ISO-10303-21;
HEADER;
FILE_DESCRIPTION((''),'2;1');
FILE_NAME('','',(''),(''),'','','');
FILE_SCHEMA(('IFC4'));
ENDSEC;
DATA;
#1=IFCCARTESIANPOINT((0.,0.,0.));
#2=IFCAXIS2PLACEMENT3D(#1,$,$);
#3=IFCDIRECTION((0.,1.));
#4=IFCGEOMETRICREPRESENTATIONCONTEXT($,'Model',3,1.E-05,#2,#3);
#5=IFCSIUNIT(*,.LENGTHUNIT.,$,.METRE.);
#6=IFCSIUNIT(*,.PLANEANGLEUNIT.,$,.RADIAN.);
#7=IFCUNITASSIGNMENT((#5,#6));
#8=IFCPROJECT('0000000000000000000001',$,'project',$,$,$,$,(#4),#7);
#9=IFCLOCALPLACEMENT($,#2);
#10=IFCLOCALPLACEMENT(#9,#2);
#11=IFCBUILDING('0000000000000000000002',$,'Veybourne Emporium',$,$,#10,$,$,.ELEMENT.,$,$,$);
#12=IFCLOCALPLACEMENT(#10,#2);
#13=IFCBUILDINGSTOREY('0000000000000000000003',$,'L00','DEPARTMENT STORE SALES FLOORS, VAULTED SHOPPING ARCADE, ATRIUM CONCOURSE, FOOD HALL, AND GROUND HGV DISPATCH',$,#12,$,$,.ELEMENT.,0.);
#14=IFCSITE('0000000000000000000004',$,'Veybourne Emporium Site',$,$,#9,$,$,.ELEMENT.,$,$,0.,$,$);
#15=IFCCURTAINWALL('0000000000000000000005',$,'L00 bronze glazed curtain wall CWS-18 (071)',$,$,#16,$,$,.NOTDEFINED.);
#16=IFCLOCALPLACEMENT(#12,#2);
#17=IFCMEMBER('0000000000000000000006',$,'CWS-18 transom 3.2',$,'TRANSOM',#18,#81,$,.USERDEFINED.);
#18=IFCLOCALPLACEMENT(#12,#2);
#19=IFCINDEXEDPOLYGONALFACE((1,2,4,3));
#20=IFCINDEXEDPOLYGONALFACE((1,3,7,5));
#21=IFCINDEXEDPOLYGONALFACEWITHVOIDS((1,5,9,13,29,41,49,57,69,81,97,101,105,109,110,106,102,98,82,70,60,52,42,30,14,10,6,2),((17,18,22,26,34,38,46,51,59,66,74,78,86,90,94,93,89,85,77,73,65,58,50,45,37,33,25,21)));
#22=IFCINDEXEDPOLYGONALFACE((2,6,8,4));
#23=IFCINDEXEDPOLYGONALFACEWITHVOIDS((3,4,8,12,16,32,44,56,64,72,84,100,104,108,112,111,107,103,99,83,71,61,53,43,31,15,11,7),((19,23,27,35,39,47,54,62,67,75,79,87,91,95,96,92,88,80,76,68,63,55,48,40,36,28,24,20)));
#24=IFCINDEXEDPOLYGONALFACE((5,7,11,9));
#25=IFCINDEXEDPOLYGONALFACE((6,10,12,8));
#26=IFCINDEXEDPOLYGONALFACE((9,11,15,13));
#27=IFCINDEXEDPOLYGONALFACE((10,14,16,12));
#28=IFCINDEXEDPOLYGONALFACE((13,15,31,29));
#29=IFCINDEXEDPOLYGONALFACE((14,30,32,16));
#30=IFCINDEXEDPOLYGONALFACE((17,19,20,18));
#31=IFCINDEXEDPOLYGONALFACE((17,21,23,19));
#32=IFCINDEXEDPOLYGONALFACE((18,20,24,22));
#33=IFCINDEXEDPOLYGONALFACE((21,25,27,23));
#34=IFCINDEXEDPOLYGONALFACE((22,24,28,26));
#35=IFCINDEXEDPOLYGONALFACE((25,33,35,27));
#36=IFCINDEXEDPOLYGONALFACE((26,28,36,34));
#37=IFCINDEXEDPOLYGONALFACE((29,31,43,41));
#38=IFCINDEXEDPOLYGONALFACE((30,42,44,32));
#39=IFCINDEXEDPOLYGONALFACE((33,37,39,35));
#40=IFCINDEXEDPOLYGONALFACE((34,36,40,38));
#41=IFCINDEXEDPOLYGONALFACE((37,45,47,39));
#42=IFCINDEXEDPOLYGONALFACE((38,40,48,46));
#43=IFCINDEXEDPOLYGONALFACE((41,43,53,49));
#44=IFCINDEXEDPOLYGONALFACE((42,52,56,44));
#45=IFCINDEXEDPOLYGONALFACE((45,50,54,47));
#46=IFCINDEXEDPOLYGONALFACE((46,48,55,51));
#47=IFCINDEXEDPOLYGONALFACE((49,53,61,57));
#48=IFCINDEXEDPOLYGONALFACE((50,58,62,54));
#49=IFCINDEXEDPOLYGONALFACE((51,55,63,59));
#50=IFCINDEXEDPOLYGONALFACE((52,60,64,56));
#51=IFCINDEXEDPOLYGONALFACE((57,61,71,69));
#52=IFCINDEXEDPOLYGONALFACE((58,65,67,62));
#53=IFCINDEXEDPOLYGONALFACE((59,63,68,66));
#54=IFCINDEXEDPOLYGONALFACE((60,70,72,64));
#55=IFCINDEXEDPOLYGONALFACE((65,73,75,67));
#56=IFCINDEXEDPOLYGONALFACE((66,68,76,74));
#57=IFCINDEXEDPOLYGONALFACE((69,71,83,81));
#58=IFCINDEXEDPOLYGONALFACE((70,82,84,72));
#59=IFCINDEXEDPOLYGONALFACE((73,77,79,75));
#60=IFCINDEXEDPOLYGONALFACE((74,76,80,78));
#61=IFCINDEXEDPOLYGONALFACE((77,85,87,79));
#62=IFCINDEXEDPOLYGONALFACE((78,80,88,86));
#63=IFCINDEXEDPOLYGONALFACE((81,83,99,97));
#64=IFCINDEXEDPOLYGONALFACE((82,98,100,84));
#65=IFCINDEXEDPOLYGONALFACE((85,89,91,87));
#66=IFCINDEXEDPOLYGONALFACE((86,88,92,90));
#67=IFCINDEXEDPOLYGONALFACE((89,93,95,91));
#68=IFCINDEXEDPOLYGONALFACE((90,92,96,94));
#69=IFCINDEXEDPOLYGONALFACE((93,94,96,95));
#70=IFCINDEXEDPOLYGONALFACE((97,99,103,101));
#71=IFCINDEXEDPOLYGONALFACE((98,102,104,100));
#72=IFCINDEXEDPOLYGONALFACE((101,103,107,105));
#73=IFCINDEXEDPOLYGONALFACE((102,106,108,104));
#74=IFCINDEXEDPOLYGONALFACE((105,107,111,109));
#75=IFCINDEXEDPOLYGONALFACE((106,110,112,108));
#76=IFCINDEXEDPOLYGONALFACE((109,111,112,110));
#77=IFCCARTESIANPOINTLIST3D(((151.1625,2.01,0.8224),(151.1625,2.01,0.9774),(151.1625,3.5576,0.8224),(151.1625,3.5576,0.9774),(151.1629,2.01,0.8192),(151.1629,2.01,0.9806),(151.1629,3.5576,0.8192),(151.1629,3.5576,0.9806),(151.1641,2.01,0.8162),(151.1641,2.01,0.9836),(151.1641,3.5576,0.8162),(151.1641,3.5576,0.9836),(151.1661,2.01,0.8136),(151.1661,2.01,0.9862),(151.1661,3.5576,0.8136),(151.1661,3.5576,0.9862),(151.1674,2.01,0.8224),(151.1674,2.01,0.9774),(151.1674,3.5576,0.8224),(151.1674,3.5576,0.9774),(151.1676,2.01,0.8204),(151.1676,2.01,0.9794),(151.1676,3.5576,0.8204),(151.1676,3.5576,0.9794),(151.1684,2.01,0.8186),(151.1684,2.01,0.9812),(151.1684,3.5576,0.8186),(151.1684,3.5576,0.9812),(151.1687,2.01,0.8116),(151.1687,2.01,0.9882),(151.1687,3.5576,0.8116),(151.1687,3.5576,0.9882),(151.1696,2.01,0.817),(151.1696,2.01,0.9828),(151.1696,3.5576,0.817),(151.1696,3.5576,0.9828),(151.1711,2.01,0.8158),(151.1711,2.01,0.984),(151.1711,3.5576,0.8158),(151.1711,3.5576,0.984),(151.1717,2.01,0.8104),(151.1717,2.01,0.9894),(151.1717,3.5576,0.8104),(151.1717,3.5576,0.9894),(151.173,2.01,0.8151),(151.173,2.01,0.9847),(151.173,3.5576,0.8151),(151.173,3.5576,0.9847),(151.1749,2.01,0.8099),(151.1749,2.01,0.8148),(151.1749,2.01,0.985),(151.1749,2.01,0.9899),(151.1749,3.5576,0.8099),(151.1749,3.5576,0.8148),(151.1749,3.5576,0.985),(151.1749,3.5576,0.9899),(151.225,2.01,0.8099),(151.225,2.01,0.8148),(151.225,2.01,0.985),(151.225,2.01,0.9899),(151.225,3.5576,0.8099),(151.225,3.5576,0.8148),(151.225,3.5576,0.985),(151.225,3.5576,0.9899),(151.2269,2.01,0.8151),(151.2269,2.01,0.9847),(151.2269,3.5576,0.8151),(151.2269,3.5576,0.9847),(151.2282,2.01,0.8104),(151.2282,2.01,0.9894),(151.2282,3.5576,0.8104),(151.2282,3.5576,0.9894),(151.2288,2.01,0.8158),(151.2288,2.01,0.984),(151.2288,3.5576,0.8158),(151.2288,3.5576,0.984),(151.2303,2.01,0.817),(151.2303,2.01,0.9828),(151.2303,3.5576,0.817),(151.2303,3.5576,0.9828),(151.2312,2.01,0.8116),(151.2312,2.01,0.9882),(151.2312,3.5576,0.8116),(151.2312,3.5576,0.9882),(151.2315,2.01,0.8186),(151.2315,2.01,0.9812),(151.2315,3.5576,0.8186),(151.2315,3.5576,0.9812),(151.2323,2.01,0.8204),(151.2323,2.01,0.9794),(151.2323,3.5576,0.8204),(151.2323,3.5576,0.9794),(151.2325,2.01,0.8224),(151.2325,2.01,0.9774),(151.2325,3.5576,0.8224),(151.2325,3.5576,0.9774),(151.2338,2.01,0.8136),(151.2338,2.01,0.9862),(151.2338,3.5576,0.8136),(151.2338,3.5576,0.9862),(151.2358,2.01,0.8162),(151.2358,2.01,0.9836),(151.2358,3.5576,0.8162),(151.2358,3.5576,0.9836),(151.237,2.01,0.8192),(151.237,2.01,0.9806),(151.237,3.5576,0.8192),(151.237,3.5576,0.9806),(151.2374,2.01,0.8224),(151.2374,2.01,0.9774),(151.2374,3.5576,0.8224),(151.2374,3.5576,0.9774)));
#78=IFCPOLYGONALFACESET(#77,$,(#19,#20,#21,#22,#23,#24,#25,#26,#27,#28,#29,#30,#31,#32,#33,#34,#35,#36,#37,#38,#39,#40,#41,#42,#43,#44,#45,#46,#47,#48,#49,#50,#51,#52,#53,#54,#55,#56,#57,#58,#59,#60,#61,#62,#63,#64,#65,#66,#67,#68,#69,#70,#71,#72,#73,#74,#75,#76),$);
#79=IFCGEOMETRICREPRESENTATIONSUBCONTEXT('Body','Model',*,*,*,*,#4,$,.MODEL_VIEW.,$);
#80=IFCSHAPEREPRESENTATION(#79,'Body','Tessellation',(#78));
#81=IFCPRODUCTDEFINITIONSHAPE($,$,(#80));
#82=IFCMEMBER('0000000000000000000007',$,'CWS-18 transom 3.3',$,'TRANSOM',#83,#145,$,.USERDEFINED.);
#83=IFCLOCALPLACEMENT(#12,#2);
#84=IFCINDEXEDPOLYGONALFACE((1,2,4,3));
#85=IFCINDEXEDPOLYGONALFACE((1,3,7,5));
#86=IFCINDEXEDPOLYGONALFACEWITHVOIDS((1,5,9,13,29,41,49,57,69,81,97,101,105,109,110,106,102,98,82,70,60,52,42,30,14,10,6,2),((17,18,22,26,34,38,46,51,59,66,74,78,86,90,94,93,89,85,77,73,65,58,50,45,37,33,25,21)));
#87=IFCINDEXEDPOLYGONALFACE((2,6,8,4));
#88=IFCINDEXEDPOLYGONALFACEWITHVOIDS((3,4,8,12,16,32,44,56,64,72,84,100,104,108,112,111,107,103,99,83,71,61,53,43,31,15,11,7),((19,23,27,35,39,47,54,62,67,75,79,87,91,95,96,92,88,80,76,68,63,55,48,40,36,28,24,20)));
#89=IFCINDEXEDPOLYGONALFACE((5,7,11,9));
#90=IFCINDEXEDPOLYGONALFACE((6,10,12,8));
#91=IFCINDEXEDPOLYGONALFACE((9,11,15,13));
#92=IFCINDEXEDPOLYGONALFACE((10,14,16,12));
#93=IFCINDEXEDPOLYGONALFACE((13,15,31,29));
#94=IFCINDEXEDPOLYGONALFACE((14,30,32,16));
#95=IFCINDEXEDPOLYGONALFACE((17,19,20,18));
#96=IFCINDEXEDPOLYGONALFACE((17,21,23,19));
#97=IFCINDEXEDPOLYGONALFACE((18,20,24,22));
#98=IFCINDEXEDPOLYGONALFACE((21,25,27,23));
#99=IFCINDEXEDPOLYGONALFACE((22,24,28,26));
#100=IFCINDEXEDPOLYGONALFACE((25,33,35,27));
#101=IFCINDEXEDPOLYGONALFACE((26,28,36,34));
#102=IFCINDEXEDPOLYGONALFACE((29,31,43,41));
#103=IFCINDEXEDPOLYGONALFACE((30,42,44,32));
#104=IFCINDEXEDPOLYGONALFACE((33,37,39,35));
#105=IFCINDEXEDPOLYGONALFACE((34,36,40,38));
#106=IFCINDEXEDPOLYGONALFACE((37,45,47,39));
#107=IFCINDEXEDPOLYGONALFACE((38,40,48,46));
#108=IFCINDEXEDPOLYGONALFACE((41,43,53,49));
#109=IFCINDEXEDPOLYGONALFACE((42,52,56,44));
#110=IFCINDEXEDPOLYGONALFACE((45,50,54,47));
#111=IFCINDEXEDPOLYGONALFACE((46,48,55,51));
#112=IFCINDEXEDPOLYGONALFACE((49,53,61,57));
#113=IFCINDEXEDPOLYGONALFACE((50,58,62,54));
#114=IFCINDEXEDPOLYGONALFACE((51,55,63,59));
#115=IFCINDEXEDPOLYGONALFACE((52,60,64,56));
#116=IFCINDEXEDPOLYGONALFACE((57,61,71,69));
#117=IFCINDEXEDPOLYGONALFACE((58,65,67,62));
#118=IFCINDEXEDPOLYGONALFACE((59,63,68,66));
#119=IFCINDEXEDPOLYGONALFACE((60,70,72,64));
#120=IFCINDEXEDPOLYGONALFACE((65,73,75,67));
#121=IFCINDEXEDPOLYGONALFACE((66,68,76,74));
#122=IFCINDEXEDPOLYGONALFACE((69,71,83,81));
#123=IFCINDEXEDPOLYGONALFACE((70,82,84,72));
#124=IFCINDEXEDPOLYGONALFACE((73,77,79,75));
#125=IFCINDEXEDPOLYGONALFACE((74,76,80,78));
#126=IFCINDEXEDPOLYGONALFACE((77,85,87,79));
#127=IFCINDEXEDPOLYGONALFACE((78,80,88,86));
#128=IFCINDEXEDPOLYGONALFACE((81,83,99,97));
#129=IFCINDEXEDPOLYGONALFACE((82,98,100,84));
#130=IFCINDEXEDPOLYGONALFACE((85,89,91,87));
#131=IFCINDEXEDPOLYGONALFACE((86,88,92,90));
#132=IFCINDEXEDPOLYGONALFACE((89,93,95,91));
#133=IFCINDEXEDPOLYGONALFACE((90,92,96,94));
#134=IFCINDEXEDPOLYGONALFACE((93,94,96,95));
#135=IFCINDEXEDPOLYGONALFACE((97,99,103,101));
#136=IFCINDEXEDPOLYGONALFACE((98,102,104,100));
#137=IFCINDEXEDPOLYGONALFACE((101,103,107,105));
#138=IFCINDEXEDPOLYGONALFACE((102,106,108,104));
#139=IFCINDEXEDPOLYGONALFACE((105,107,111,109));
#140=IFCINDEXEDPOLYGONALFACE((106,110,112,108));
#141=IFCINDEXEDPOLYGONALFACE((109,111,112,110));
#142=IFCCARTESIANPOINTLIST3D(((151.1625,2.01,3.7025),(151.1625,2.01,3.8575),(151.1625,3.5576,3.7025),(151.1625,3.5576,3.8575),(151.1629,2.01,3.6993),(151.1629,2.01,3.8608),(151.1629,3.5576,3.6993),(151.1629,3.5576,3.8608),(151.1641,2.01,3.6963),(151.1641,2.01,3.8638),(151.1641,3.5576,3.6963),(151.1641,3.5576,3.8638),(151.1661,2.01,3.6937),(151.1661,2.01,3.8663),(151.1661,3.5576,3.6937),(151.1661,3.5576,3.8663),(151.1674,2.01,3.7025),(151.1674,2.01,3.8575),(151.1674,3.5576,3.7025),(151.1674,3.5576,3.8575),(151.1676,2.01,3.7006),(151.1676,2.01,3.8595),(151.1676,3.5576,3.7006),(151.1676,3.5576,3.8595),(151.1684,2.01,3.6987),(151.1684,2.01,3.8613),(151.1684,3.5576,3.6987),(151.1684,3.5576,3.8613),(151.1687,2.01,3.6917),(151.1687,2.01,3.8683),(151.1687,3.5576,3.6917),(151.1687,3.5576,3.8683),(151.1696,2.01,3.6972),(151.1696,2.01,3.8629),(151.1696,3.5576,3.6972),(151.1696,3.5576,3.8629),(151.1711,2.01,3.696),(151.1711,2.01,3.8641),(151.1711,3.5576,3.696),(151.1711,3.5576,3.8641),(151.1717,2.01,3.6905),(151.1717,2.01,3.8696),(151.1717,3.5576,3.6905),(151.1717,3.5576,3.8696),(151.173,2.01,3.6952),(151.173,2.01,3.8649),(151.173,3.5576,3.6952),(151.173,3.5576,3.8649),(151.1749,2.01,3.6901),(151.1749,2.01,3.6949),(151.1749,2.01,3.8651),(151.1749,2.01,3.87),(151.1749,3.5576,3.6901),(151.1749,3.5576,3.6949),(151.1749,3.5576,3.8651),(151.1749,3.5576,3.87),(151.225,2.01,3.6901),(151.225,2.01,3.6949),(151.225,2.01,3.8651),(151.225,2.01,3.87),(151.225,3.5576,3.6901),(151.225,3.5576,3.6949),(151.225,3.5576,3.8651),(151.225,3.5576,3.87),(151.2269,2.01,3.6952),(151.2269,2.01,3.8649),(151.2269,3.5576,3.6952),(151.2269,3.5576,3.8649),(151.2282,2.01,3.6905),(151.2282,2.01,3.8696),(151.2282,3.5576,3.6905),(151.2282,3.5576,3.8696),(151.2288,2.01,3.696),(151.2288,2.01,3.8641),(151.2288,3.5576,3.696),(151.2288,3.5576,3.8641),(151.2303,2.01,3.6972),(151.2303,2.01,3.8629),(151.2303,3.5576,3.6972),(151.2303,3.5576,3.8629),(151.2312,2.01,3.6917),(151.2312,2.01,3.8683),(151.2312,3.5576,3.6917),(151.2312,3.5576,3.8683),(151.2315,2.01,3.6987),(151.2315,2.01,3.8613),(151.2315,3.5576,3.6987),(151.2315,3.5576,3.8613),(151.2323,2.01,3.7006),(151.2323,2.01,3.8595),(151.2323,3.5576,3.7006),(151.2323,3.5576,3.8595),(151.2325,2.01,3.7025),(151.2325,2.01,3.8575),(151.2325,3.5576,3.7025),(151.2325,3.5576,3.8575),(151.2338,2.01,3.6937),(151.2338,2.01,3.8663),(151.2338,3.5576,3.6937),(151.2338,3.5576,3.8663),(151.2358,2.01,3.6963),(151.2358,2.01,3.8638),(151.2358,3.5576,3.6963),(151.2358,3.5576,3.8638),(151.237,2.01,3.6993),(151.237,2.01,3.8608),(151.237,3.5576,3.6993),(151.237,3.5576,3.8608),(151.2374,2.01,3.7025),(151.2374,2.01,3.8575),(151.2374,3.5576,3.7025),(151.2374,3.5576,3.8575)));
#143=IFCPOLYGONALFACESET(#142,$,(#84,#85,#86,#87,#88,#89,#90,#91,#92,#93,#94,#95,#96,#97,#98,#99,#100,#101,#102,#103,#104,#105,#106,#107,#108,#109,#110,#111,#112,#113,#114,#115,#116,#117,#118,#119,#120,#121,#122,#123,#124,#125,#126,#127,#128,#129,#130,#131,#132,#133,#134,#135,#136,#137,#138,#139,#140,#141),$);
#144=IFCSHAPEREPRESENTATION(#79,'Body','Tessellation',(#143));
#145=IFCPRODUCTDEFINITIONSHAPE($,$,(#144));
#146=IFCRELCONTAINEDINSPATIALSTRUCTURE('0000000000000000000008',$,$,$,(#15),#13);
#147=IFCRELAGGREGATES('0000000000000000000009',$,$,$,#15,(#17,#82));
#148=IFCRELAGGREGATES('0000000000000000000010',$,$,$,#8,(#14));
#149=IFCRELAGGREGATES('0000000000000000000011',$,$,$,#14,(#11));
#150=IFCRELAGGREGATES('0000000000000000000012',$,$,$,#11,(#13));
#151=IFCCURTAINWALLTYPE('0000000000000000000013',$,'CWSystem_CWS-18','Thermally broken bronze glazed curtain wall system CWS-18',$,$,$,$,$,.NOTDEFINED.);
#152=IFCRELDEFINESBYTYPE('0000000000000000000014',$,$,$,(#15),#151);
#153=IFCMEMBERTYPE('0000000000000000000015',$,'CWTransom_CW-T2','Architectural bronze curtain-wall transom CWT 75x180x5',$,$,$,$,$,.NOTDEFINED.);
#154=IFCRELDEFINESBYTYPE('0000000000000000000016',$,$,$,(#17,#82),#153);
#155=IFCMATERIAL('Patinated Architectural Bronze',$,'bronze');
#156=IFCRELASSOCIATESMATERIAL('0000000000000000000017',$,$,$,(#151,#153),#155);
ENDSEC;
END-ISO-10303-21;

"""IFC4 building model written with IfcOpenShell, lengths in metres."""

from ifc_helpers import new_model, si_unit, direction, frame, origin, origin_2d, place, context, subcontext, project, spatial, hollow_rectangle, extrude, material, material_profile, profile_set, type_object, element, aggregate, save


model = new_model("IFC4")

# Units and contexts
model_context = context("Model", 3, precision=1e-05, world=origin(), true_north=direction((0.0, 1.0)))
body_context = subcontext(model_context, "Body", "Model", "MODEL_VIEW")
ifc_project = project(units=[si_unit("LENGTHUNIT", "METRE"), si_unit("PLANEANGLEUNIT", "RADIAN")], contexts=[model_context])

# Site, building, storey
site_placement = place(None, origin())
site = spatial("IfcSite", under=ifc_project, at=site_placement, Name="Veybourne Emporium Site", CompositionType="ELEMENT", RefElevation=0.0)
building_placement = place(site_placement, origin())
building = spatial("IfcBuilding", under=site, at=building_placement, Name="Veybourne Emporium", CompositionType="ELEMENT")
storey_placement = place(building_placement, origin())
storey = spatial("IfcBuildingStorey", under=building, at=storey_placement, Name="L00", Description="DEPARTMENT STORE SALES FLOORS, VAULTED SHOPPING ARCADE, ATRIUM CONCOURSE, FOOD HALL, AND GROUND HGV DISPATCH", CompositionType="ELEMENT", Elevation=0.0)

# Curtain wall
ifc_material_1 = material(Name="Patinated Architectural Bronze", Category="bronze")
curtain_wall_type_1 = type_object("IfcCurtainWallType", Name="CWSystem_CWS-18", Description="Thermally broken bronze glazed curtain wall system CWS-18", PredefinedType="NOTDEFINED", material=ifc_material_1)
curtain_wall_1_placement = place(storey_placement, origin())
curtain_wall_1 = element("IfcCurtainWall", 1, at=curtain_wall_1_placement, inside=storey, type_object=curtain_wall_type_1, Name="L00 bronze glazed curtain wall CWS-18 (071)", PredefinedType="NOTDEFINED")

# Members
ifc_material_profile_1 = material_profile(ifc_material_1, hollow_rectangle(XDim=0.075, YDim=0.1799, WallThickness=0.0049, InnerFilletRadius=0.0076, OuterFilletRadius=0.0125, at=origin_2d()), Name="CWT 75x180x5")
ifc_profile_set_1 = profile_set([ifc_material_profile_1], Name="Patinated Architectural Bronze")
member_type_1 = type_object("IfcMemberType", Name="CWTransom_CW-T2", Description="Architectural bronze curtain-wall transom CWT 75x180x5", PredefinedType="NOTDEFINED", material=ifc_profile_set_1)
member_1_placement = place(storey_placement, frame((151.2, 3.5576, 0.8999), z_axis=(0.0, -1.0, 0.0), x_axis=(1.0, 0.0, 0.0)))
member_1 = element("IfcMember", 2, at=member_1_placement, type_object=member_type_1, Name="CWS-18 transom 3.2", ObjectType="TRANSOM", PredefinedType="USERDEFINED", context=body_context, shape_type="SweptSolid", body=[
    extrude(hollow_rectangle(XDim=0.075, YDim=0.1799, WallThickness=0.0049, InnerFilletRadius=0.0076, OuterFilletRadius=0.0125, at=origin_2d()), origin(), (0.0, 0.0, 1.0), 1.5476),
])
member_2_placement = place(storey_placement, frame((151.2, 3.5576, 3.78), z_axis=(0.0, -1.0, 0.0), x_axis=(1.0, 0.0, 0.0)))
member_2 = element("IfcMember", 3, at=member_2_placement, type_object=member_type_1, Name="CWS-18 transom 3.3", ObjectType="TRANSOM", PredefinedType="USERDEFINED", context=body_context, shape_type="SweptSolid", body=[
    extrude(hollow_rectangle(XDim=0.075, YDim=0.1799, WallThickness=0.0049, InnerFilletRadius=0.0076, OuterFilletRadius=0.0125, at=origin_2d()), origin(), (0.0, 0.0, 1.0), 1.5476),
])

aggregate(curtain_wall_1, [member_1, member_2])

save(model, "model.ifc")
